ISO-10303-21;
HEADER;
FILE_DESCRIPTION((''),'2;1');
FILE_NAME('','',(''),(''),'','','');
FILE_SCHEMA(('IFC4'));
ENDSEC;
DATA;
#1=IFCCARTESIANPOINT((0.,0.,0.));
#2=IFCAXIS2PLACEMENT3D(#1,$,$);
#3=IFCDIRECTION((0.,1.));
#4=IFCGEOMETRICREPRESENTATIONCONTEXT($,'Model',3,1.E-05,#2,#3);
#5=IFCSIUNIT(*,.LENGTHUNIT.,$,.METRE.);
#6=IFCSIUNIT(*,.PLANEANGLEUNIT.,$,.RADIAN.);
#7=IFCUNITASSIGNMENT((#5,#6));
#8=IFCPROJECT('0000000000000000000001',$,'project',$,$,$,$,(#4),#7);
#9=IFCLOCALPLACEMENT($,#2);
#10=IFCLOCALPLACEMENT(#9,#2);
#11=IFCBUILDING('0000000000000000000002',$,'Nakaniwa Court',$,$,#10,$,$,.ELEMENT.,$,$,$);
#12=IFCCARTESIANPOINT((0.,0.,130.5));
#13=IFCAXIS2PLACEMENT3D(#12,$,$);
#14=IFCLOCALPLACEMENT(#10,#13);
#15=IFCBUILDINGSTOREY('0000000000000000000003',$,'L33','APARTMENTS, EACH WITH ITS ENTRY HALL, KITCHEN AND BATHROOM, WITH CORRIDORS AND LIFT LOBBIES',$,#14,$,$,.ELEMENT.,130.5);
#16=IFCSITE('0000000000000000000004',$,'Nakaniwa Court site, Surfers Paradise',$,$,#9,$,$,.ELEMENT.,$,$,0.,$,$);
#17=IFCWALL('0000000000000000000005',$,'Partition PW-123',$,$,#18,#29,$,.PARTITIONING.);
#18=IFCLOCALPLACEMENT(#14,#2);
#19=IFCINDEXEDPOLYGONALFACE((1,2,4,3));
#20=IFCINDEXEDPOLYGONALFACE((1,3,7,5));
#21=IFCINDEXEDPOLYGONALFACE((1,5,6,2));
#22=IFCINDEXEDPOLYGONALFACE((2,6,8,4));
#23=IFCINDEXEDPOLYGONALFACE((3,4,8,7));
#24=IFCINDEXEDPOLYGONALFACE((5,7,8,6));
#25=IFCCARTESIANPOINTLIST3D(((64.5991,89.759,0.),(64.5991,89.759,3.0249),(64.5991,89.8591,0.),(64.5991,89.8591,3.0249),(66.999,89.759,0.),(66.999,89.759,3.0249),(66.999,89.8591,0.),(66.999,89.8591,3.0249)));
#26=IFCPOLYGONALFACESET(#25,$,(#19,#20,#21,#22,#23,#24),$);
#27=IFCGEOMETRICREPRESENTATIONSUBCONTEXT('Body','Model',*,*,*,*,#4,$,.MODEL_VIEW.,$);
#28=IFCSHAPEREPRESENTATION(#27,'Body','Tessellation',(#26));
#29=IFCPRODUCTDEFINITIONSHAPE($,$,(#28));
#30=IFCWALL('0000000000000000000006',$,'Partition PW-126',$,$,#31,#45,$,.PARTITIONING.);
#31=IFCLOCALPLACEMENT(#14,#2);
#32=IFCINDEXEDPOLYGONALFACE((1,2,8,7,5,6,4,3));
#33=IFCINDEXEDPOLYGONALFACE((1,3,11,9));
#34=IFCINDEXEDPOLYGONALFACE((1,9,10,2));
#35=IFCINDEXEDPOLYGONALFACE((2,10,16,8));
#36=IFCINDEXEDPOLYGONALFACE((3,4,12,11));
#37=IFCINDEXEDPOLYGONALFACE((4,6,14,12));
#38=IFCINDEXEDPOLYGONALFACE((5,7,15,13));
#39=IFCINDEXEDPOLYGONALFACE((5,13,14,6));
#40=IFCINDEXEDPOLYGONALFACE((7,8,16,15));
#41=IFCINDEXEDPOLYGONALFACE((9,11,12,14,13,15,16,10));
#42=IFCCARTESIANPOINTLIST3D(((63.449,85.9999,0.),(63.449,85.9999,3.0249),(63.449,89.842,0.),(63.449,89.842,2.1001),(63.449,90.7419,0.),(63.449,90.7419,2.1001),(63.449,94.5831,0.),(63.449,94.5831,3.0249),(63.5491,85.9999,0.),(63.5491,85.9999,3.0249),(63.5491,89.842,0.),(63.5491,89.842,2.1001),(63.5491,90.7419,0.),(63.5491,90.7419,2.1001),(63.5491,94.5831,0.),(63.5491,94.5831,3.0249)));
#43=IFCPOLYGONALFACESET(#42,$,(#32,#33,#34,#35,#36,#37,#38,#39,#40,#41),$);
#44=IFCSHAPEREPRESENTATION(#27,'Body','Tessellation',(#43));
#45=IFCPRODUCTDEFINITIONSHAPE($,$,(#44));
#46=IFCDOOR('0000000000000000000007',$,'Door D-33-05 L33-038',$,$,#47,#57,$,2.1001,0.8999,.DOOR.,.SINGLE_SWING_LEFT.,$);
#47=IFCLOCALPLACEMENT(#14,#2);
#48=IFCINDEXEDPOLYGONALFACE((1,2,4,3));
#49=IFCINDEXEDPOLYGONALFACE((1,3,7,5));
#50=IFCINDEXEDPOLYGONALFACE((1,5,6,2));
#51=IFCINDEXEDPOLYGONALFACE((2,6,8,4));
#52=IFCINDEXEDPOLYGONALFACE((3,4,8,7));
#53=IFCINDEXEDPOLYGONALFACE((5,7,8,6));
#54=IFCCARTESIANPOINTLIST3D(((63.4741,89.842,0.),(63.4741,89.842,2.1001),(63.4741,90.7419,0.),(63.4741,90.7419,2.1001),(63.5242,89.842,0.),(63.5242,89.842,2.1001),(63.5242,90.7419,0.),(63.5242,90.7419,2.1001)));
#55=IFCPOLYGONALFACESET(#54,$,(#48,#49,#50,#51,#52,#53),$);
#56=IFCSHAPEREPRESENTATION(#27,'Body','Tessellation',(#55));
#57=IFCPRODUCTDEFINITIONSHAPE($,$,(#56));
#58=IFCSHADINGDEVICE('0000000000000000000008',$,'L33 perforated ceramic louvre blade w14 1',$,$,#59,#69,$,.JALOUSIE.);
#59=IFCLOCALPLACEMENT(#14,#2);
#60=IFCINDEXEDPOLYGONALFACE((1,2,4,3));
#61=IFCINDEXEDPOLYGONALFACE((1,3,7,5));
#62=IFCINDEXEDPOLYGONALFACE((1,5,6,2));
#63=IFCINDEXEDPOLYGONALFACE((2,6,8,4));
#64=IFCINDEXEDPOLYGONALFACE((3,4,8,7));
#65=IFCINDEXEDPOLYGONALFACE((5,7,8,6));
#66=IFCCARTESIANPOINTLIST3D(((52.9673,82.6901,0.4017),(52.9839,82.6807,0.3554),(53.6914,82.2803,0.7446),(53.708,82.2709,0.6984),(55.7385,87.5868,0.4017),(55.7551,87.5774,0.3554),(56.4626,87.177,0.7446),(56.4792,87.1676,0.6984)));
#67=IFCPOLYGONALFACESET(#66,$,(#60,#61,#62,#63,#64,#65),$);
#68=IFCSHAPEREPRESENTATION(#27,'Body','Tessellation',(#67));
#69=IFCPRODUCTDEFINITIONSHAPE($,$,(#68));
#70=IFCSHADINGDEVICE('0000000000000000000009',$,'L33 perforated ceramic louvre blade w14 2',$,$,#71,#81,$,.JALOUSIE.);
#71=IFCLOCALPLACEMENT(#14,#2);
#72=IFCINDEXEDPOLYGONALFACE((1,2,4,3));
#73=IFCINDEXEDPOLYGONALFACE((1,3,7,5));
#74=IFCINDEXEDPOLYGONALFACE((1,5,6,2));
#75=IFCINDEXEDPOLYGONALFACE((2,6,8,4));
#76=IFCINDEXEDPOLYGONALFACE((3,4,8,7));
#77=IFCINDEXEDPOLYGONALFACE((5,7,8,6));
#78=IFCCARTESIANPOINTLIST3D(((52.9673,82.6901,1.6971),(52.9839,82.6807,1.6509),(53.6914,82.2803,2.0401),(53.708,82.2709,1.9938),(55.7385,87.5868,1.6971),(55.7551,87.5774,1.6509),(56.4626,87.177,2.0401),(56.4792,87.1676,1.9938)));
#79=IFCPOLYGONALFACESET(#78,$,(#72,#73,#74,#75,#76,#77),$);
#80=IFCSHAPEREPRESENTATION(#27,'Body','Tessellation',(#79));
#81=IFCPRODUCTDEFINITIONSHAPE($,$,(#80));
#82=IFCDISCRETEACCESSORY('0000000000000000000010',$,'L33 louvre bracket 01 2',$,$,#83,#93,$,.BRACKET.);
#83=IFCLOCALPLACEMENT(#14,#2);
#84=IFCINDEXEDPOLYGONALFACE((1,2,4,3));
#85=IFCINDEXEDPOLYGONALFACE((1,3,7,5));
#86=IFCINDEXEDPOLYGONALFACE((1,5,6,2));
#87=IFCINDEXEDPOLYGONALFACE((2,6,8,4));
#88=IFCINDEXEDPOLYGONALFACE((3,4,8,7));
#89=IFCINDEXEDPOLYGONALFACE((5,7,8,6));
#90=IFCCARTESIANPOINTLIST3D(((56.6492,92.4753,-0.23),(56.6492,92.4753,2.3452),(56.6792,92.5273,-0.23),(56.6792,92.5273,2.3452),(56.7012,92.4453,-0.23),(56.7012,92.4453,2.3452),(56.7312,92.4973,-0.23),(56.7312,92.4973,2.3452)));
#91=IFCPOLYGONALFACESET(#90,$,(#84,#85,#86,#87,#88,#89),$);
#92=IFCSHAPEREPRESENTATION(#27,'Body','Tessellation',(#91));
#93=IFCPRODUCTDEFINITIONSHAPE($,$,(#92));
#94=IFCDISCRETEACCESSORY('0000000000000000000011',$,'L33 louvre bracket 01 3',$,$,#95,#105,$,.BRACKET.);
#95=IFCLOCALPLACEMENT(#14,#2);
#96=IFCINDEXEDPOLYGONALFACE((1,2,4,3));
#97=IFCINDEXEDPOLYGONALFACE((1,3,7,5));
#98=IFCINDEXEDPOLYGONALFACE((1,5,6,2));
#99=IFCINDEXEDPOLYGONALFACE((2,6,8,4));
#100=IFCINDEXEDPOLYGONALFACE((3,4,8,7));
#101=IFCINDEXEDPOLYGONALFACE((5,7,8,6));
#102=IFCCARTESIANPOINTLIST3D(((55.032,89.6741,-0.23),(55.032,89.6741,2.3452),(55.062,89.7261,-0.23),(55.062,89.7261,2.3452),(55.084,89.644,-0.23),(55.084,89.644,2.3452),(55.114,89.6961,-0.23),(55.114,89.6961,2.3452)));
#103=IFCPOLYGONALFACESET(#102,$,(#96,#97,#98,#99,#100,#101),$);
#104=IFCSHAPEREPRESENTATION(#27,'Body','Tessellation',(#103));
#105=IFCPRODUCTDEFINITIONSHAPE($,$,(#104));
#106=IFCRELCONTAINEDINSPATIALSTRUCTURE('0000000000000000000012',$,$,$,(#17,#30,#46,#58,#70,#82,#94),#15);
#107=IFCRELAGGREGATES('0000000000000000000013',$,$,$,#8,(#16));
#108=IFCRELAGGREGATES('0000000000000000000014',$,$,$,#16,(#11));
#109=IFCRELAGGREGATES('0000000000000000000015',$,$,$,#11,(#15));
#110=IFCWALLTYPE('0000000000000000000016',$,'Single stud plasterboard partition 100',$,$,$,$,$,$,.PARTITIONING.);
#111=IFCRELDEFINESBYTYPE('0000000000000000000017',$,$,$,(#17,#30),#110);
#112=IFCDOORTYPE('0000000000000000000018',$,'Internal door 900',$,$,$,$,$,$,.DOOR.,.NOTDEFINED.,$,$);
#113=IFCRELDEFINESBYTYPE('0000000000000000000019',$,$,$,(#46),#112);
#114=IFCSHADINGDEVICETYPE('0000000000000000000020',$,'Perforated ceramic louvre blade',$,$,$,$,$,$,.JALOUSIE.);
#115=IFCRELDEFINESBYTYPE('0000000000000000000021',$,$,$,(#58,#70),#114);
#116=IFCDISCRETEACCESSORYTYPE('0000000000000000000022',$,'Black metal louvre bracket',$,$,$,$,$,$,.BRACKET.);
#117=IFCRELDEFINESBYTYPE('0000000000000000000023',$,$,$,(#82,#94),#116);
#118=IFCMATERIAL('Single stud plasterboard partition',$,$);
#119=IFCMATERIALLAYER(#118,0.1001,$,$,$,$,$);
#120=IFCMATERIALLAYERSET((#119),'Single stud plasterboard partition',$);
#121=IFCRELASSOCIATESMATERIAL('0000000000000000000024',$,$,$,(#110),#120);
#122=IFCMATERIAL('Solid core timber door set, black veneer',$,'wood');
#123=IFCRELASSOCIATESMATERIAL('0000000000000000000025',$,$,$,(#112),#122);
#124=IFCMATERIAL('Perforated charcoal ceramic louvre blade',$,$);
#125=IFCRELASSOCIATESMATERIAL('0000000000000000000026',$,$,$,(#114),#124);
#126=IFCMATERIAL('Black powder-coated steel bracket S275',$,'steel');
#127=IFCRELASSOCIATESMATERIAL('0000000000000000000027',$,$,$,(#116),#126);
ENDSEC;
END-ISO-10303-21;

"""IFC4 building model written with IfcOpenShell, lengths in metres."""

from ifc_helpers import new_model, si_unit, direction, frame, frame_2d, origin, origin_2d, place, context, subcontext, project, spatial, rectangle, extrude, material, layer, layer_set, material_profile, profile_set, type_object, element, fill, save


model = new_model("IFC4")

# Units and contexts
model_context = context("Model", 3, precision=1e-05, world=origin(), true_north=direction((0.0, 1.0)))
body_context = subcontext(model_context, "Body", "Model", "MODEL_VIEW")
ifc_project = project(units=[si_unit("LENGTHUNIT", "METRE"), si_unit("PLANEANGLEUNIT", "RADIAN")], contexts=[model_context])

# Site, building, storey
site_placement = place(None, origin())
site = spatial("IfcSite", under=ifc_project, at=site_placement, Name="Nakaniwa Court site, Surfers Paradise", CompositionType="ELEMENT", RefElevation=0.0)
building_placement = place(site_placement, origin())
building = spatial("IfcBuilding", under=site, at=building_placement, Name="Nakaniwa Court", CompositionType="ELEMENT")
storey_placement = place(building_placement, frame((0.0, 0.0, 130.5)))
storey = spatial("IfcBuildingStorey", under=building, at=storey_placement, Name="L33", Description="APARTMENTS, EACH WITH ITS ENTRY HALL, KITCHEN AND BATHROOM, WITH CORRIDORS AND LIFT LOBBIES", CompositionType="ELEMENT", Elevation=130.5)

# Shared definitions
ifc_material_1 = material(Name="Single stud plasterboard partition")
ifc_layer_1 = layer(ifc_material_1, 0.1001)
ifc_layer_set_1 = layer_set([ifc_layer_1], Name="Single stud plasterboard partition")
wall_type_1 = type_object("IfcWallType", Name="Single stud plasterboard partition 100", PredefinedType="PARTITIONING", material=ifc_layer_set_1)
ifc_material_2 = material(Name="Solid core timber door set, black veneer", Category="wood")
door_type_1 = type_object("IfcDoorType", Name="Internal door 900", OperationType="NOTDEFINED", PredefinedType="DOOR", material=ifc_material_2)

# Wall
wall_1_placement = place(storey_placement, frame((64.5991, 89.8091, 0.0), z_axis=(0.0, 0.0, 1.0), x_axis=(1.0, 0.0, 0.0)))
element("IfcWall", 1, at=wall_1_placement, inside=storey, type_object=wall_type_1, Name="Partition PW-123", PredefinedType="PARTITIONING", context=body_context, shape_type="SweptSolid", body=[
    extrude(rectangle(XDim=2.3999, YDim=0.1001, at=frame_2d((1.2, 0.0))), origin(), (0.0, 0.0, 1.0), 3.0249),
])

# Wall, opening, door
wall_2_placement = place(storey_placement, frame((63.499, 86.0, 0.0), z_axis=(0.0, 0.0, 1.0), x_axis=(0.0, 1.0, 0.0)))
wall_2 = element("IfcWall", 2, at=wall_2_placement, inside=storey, type_object=wall_type_1, Name="Partition PW-126", PredefinedType="PARTITIONING", context=body_context, shape_type="SweptSolid", body=[
    extrude(rectangle(XDim=8.5833, YDim=0.1001, at=frame_2d((4.2915, 0.0))), origin(), (0.0, 0.0, 1.0), 3.0249),
])
opening_1_placement = place(wall_2_placement, frame((3.842, 0.0, 0.0)))
opening_1 = element("IfcOpeningElement", 3, at=opening_1_placement, cuts=wall_2, PredefinedType="OPENING", context=body_context, shape_type="SweptSolid", body=[
    extrude(rectangle(XDim=0.8999, YDim=2.1001, at=frame_2d((0.45, 1.05))), frame((0.0, 0.0601, 0.0), z_axis=(0.0, -1.0, 0.0), x_axis=(1.0, 0.0, 0.0)), (0.0, 0.0, 1.0), 0.1201),
])
door_1_placement = place(opening_1_placement, origin())
door_1 = element("IfcDoor", 4, at=door_1_placement, inside=storey, type_object=door_type_1, Name="Door D-33-05 L33-038", OperationType="SINGLE_SWING_LEFT", OverallHeight=2.1001, OverallWidth=0.8999, PredefinedType="DOOR", context=body_context, shape_type="SweptSolid", body=[
    extrude(rectangle(XDim=0.8999, YDim=2.1001, at=frame_2d((0.45, 1.05))), frame((0.0, 0.0249, 0.0), z_axis=(0.0, -1.0, 0.0), x_axis=(1.0, 0.0, 0.0)), (0.0, 0.0, 1.0), 0.05),
])
fill(opening_1, door_1)

# Shading devices
ifc_material_3 = material(Name="Perforated charcoal ceramic louvre blade")
ifc_material_profile_1 = material_profile(ifc_material_3, rectangle(XDim=0.8999, YDim=0.05, at=origin_2d()), Name="Perforated ceramic louvre blade")
ifc_profile_set_1 = profile_set([ifc_material_profile_1], Name="Perforated charcoal ceramic louvre blade")
shading_device_type = type_object("IfcShadingDeviceType", Name="Perforated ceramic louvre blade", PredefinedType="JALOUSIE", material=ifc_profile_set_1)
for number, where, z_axis, x_axis, name in (
    (5, (56.1089, 87.3772, 0.55), (-0.492532, -0.870294, 0.0), (0.804627, -0.455368, 0.38107), "L33 perforated ceramic louvre blade w14 1"),
    (6, (56.1089, 87.3772, 1.8455), (-0.492532, -0.870294, 0.0), (0.804627, -0.455368, 0.38107), "L33 perforated ceramic louvre blade w14 2"),
):
    element("IfcShadingDevice", number, at=place(storey_placement, frame(where, z_axis=z_axis, x_axis=x_axis)), inside=storey, type_object=shading_device_type, Name=name, PredefinedType="JALOUSIE", context=body_context, shape_type="SweptSolid", body=[
        extrude(rectangle(XDim=0.8999, YDim=0.05, at=origin_2d()), origin(), (0.0, 0.0, 1.0), 5.6265),
    ])

# Discrete accessories
ifc_material_4 = material(Name="Black powder-coated steel bracket S275", Category="steel")
discrete_accessory_type = type_object("IfcDiscreteAccessoryType", Name="Black metal louvre bracket", PredefinedType="BRACKET", material=ifc_material_4)
for number, where, z_axis, x_axis, name in (
    (7, (56.6902, 92.4863, -0.23), (0.0, 0.0, 1.0), (-0.499976, -0.866039, 0.0), "L33 louvre bracket 01 2"),
    (8, (55.073, 89.6851, -0.23), (0.0, 0.0, 1.0), (-0.499976, -0.866039, 0.0), "L33 louvre bracket 01 3"),
):
    element("IfcDiscreteAccessory", number, at=place(storey_placement, frame(where, z_axis=z_axis, x_axis=x_axis)), inside=storey, type_object=discrete_accessory_type, Name=name, PredefinedType="BRACKET", context=body_context, shape_type="SweptSolid", body=[
        extrude(rectangle(XDim=0.0601, YDim=0.0601, at=origin_2d()), origin(), (0.0, 0.0, 1.0), 2.5752),
    ])

save(model, "model.ifc")
